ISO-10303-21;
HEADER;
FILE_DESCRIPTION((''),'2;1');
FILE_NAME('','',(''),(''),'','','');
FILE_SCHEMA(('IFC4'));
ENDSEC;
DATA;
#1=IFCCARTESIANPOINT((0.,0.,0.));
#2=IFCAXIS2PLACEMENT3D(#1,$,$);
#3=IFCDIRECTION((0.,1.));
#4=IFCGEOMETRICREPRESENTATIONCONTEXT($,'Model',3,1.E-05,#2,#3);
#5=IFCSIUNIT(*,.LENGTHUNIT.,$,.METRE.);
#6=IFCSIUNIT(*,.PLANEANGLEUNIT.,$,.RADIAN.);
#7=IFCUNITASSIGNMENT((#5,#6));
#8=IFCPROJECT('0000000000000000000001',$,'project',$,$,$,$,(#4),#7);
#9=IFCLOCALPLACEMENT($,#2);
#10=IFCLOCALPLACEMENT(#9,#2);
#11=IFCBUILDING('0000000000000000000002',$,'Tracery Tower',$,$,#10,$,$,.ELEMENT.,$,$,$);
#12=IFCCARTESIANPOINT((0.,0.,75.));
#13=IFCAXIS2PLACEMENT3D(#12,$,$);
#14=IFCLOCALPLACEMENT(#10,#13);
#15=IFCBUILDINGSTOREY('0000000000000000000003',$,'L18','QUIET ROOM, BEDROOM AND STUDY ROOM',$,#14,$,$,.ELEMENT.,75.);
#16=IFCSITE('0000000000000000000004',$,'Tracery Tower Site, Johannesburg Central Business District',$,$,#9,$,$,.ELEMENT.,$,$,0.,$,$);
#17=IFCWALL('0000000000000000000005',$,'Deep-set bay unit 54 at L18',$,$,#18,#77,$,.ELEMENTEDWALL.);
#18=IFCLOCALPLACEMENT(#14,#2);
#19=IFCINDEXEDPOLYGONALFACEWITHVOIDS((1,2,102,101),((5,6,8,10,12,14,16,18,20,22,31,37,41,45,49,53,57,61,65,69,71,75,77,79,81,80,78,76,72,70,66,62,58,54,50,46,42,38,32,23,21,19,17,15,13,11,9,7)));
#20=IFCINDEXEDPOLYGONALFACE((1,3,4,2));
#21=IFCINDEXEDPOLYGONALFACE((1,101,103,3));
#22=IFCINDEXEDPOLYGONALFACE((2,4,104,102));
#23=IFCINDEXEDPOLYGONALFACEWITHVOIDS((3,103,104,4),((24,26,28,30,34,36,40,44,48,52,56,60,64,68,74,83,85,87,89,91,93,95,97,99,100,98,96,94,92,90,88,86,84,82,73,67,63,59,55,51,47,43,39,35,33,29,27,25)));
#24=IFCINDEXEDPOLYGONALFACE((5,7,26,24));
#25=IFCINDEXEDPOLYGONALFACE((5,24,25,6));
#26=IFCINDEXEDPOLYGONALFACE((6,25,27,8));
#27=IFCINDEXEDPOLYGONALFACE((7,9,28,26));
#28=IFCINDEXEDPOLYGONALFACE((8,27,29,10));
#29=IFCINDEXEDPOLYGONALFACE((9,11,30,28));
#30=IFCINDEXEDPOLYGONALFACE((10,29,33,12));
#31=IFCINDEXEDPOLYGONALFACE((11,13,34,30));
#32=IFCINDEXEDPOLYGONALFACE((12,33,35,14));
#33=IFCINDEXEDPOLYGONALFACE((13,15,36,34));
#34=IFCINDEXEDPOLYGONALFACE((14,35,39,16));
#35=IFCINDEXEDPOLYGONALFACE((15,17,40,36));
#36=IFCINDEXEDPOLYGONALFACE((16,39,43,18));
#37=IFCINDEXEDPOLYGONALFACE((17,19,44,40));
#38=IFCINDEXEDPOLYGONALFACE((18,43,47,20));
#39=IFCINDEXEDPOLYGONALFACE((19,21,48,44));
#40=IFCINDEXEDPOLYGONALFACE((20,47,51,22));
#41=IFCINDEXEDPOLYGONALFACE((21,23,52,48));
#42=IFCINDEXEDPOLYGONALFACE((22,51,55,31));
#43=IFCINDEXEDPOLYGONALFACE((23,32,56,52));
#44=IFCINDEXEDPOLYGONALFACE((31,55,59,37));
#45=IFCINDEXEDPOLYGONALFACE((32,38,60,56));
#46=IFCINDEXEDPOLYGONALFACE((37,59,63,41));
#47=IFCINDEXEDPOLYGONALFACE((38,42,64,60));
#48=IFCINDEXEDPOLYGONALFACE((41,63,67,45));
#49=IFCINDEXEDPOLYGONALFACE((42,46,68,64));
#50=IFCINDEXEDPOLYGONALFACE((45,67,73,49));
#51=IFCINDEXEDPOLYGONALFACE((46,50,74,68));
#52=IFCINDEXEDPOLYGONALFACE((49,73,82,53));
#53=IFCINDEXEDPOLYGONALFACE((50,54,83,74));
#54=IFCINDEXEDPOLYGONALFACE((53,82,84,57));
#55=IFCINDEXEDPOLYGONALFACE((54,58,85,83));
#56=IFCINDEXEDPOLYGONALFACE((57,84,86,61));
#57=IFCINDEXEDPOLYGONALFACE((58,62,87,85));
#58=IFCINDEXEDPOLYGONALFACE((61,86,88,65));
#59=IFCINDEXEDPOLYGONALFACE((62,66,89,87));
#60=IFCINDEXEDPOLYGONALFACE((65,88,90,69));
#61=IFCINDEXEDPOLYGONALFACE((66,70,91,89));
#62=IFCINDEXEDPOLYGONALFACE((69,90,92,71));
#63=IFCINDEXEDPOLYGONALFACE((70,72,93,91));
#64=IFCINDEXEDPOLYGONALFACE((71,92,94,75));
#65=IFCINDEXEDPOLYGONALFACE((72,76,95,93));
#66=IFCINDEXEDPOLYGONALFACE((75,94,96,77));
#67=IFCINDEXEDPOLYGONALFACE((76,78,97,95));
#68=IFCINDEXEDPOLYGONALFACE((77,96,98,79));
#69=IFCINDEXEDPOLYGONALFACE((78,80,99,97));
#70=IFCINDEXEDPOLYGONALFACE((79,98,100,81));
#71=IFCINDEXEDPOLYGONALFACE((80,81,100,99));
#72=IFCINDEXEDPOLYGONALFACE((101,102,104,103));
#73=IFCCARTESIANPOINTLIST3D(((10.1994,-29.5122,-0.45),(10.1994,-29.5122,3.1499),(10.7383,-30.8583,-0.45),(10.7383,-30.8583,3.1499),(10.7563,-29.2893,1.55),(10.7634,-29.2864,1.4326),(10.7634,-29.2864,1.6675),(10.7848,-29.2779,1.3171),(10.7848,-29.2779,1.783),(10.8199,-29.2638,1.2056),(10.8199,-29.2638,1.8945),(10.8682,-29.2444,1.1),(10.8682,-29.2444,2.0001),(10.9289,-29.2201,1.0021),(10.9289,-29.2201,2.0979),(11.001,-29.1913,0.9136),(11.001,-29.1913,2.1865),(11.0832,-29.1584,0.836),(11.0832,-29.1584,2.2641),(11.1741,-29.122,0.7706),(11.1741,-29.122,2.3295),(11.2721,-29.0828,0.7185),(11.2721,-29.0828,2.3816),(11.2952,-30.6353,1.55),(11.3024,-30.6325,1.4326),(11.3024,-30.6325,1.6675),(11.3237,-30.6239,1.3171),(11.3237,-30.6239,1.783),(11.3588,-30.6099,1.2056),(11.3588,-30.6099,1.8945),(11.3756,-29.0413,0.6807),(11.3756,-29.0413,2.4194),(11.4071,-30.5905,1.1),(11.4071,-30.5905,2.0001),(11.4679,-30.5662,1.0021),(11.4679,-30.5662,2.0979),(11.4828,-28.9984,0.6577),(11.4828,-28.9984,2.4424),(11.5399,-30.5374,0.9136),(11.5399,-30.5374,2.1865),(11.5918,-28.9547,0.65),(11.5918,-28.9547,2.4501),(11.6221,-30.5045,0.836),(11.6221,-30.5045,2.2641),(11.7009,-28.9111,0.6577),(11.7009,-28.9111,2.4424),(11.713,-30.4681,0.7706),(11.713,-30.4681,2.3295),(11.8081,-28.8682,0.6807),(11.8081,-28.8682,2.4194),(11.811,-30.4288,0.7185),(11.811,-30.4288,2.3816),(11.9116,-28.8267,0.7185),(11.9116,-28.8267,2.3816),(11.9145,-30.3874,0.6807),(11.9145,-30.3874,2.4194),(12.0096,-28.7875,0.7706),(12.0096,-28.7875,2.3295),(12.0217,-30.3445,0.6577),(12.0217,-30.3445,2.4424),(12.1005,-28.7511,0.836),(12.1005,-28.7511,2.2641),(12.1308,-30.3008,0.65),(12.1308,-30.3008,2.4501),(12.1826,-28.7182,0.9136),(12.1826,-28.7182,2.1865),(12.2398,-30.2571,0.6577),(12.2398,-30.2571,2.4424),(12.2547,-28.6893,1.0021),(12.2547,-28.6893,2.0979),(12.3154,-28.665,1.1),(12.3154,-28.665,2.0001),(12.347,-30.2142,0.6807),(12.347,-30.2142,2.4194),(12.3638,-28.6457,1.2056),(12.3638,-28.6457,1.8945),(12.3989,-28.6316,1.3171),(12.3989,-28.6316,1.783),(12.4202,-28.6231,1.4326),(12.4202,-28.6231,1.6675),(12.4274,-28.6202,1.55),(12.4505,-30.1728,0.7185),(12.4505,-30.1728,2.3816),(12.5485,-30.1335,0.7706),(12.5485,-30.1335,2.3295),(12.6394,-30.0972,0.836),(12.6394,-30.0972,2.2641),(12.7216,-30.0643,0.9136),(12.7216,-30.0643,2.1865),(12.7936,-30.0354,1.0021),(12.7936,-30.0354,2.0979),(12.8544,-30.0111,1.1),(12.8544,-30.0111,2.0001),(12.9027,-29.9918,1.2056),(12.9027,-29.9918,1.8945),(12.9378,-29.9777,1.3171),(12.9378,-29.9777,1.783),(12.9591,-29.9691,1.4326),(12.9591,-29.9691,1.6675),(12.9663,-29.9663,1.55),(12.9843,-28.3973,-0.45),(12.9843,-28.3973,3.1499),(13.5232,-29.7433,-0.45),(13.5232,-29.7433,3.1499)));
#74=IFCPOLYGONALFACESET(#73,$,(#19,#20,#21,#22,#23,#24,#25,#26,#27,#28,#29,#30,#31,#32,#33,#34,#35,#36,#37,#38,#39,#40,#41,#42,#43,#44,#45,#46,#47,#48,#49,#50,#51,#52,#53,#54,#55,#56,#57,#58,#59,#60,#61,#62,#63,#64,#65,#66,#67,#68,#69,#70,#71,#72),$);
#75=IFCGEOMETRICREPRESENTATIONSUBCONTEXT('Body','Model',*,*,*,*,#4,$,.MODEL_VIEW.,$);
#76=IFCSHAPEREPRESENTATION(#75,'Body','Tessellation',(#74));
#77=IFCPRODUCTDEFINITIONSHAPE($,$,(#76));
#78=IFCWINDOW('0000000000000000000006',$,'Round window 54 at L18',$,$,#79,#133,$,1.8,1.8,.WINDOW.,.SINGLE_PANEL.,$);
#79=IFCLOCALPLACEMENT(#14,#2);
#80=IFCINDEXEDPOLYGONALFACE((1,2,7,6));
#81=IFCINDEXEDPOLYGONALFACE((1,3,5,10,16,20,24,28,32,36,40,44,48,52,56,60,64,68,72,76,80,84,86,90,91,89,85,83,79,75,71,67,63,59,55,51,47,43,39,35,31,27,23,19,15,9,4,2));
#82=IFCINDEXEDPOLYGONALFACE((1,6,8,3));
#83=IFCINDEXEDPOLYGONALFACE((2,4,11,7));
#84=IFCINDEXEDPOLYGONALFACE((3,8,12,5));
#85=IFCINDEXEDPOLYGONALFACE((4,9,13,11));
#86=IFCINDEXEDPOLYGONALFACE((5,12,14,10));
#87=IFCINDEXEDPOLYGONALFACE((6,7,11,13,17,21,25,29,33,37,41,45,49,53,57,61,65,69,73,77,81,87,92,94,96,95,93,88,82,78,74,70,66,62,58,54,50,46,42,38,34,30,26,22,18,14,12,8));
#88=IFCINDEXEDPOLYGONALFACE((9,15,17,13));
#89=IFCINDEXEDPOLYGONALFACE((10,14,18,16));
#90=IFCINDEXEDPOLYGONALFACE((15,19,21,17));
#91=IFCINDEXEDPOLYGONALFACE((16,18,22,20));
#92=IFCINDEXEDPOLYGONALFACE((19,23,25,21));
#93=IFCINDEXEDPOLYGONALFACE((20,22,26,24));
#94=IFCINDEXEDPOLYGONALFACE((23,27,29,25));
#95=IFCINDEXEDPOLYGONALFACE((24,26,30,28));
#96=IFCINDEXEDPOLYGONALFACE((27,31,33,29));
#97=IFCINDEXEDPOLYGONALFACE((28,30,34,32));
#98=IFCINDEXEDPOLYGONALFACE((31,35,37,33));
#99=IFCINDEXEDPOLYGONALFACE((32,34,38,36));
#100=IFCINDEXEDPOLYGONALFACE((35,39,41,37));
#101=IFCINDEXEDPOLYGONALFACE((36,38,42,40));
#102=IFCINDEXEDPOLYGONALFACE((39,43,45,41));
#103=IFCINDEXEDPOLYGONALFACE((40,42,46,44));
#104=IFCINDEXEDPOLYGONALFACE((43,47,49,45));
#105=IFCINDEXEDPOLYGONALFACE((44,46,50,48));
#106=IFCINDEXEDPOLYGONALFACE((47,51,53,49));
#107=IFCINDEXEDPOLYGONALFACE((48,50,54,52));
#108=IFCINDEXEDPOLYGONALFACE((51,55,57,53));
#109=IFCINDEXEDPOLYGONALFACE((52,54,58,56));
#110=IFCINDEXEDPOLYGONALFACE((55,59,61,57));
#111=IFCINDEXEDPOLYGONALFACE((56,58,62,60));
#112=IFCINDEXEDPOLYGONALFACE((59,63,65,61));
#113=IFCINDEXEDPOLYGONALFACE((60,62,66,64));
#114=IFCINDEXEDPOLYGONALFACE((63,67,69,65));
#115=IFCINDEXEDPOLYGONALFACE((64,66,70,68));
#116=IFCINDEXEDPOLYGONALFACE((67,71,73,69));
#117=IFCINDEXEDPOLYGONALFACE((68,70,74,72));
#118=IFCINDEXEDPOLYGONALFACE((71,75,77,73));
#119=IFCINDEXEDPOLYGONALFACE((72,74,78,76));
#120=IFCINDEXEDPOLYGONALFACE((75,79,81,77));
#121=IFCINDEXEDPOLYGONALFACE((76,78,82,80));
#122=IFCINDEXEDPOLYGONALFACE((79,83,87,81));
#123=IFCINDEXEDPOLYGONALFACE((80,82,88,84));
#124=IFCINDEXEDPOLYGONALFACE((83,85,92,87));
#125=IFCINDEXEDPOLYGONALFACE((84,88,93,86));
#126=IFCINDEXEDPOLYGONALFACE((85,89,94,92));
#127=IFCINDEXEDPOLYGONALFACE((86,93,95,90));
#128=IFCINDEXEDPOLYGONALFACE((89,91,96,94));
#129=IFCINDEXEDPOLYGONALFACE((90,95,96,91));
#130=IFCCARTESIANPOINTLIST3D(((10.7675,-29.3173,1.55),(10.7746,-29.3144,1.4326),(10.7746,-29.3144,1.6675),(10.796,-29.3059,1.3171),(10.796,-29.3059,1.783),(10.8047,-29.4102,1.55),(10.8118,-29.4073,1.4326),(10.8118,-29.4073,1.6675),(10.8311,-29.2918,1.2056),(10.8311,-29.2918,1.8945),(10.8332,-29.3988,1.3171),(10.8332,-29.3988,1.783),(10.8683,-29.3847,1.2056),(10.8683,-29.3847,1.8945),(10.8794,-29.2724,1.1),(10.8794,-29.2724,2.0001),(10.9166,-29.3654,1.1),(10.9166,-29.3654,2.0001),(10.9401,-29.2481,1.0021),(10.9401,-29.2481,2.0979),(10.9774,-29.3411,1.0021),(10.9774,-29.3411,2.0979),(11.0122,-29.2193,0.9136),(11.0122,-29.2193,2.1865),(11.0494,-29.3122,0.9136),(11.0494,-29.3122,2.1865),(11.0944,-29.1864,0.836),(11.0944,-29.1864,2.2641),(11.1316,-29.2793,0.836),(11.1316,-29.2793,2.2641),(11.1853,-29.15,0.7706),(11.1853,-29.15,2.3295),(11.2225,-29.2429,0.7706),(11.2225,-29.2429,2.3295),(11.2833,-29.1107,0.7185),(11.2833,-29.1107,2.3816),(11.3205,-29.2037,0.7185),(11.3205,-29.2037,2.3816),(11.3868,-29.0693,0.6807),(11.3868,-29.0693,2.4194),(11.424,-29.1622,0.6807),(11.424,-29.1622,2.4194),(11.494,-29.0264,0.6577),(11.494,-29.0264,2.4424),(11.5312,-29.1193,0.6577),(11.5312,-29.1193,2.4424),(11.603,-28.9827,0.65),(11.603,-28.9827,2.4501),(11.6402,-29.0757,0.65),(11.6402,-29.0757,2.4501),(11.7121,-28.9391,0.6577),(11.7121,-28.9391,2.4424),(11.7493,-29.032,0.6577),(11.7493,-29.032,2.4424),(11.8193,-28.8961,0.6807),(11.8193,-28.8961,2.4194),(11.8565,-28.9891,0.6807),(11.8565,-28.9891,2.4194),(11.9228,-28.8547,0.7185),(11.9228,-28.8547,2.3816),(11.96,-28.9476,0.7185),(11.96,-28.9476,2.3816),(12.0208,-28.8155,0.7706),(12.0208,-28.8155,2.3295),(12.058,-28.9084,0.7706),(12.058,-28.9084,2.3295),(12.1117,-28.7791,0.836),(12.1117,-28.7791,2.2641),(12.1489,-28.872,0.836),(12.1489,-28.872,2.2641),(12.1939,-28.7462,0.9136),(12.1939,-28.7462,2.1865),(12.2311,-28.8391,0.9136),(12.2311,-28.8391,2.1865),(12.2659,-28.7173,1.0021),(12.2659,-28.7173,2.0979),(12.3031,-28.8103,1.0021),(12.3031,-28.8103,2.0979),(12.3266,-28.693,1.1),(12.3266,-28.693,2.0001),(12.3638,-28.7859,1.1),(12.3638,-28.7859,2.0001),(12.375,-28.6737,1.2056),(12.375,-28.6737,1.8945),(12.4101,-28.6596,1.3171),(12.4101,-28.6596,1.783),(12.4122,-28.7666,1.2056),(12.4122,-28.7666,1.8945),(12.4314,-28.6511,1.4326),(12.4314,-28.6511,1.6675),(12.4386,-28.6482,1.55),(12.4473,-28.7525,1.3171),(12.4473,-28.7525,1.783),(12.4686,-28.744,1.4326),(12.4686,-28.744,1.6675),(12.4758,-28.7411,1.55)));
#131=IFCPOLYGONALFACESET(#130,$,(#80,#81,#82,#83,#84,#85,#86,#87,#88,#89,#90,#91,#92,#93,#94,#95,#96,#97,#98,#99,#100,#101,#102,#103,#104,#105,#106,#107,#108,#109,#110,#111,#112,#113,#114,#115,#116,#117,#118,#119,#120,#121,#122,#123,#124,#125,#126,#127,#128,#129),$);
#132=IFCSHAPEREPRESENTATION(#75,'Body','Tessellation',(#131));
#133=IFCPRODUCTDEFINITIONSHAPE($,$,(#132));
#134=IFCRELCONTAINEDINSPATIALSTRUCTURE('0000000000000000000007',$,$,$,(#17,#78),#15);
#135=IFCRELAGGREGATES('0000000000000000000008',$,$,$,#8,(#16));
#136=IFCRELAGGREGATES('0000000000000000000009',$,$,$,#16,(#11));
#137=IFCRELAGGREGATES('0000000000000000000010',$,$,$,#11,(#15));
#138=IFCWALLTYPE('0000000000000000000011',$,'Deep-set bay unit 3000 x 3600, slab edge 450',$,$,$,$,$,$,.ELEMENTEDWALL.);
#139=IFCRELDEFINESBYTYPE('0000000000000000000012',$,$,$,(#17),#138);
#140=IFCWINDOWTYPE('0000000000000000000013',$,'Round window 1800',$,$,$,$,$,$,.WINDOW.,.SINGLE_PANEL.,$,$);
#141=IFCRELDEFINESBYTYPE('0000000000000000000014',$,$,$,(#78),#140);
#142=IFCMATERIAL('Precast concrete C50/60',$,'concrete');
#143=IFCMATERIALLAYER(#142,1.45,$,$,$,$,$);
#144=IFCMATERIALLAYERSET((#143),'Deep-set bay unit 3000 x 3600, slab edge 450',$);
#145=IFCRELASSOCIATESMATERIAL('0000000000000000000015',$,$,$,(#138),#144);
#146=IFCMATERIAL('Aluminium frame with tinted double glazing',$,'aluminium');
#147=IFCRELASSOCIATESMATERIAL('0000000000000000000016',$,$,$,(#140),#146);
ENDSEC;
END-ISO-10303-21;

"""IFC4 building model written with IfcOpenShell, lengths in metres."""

from ifc_helpers import new_model, si_unit, direction, frame, frame_2d, origin, origin_2d, place, context, subcontext, project, spatial, rectangle, circle, extrude, material, layer, layer_set, type_object, element, fill, save


model = new_model("IFC4")

# Units and contexts
model_context = context("Model", 3, precision=1e-05, world=origin(), true_north=direction((0.0, 1.0)))
body_context = subcontext(model_context, "Body", "Model", "MODEL_VIEW")
ifc_project = project(units=[si_unit("LENGTHUNIT", "METRE"), si_unit("PLANEANGLEUNIT", "RADIAN")], contexts=[model_context])

# Site, building, storey
site_placement = place(None, origin())
site = spatial("IfcSite", under=ifc_project, at=site_placement, Name="Tracery Tower Site, Johannesburg Central Business District", CompositionType="ELEMENT", RefElevation=0.0)
building_placement = place(site_placement, origin())
building = spatial("IfcBuilding", under=site, at=building_placement, Name="Tracery Tower", CompositionType="ELEMENT")
storey_placement = place(building_placement, frame((0.0, 0.0, 75.0)))
storey = spatial("IfcBuildingStorey", under=building, at=storey_placement, Name="L18", Description="QUIET ROOM, BEDROOM AND STUDY ROOM", CompositionType="ELEMENT", Elevation=75.0)

# Wall, opening, window
ifc_material_1 = material(Name="Precast concrete C50/60", Category="concrete")
ifc_layer_1 = layer(ifc_material_1, 1.45)
ifc_layer_set_1 = layer_set([ifc_layer_1], Name="Deep-set bay unit 3000 x 3600, slab edge 450")
wall_type_1 = type_object("IfcWallType", Name="Deep-set bay unit 3000 x 3600, slab edge 450", PredefinedType="ELEMENTEDWALL", material=ifc_layer_set_1)
wall_1_placement = place(storey_placement, frame((10.4688, -30.1853, -0.45), z_axis=(0.0, 0.0, 1.0), x_axis=(0.928359, 0.371685, 0.0)))
wall_1 = element("IfcWall", 1, at=wall_1_placement, inside=storey, type_object=wall_type_1, Name="Deep-set bay unit 54 at L18", PredefinedType="ELEMENTEDWALL", context=body_context, shape_type="SweptSolid", body=[
    extrude(rectangle(XDim=2.9998, YDim=1.45, at=frame_2d((1.5, 0.0))), origin(), (0.0, 0.0, 1.0), 3.5999),
])
opening_1_placement = place(wall_1_placement, frame((1.5, 0.0, 2.0)))
opening_1 = element("IfcOpeningElement", 2, at=opening_1_placement, cuts=wall_1, PredefinedType="OPENING", context=body_context, shape_type="SweptSolid", body=[
    extrude(circle(Radius=0.9, at=origin_2d()), frame((0.0, 0.7349, 0.0), z_axis=(0.0, -1.0, 0.0), x_axis=(1.0, 0.0, 0.0)), (0.0, 0.0, 1.0), 1.47),
])
ifc_material_2 = material(Name="Aluminium frame with tinted double glazing", Category="aluminium")
window_type = type_object("IfcWindowType", Name="Round window 1800", PartitioningType="SINGLE_PANEL", PredefinedType="WINDOW", material=ifc_material_2)
window_1_placement = place(opening_1_placement, origin())
window_1 = element("IfcWindow", 3, at=window_1_placement, inside=storey, type_object=window_type, Name="Round window 54 at L18", OverallHeight=1.8, OverallWidth=1.8, PartitioningType="SINGLE_PANEL", PredefinedType="WINDOW", context=body_context, shape_type="SweptSolid", body=[
    extrude(circle(Radius=0.9, at=origin_2d()), frame((0.0, 0.6948, 0.0), z_axis=(0.0, -1.0, 0.0), x_axis=(1.0, 0.0, 0.0)), (0.0, 0.0, 1.0), 0.1001),
])
fill(opening_1, window_1)

save(model, "model.ifc")
